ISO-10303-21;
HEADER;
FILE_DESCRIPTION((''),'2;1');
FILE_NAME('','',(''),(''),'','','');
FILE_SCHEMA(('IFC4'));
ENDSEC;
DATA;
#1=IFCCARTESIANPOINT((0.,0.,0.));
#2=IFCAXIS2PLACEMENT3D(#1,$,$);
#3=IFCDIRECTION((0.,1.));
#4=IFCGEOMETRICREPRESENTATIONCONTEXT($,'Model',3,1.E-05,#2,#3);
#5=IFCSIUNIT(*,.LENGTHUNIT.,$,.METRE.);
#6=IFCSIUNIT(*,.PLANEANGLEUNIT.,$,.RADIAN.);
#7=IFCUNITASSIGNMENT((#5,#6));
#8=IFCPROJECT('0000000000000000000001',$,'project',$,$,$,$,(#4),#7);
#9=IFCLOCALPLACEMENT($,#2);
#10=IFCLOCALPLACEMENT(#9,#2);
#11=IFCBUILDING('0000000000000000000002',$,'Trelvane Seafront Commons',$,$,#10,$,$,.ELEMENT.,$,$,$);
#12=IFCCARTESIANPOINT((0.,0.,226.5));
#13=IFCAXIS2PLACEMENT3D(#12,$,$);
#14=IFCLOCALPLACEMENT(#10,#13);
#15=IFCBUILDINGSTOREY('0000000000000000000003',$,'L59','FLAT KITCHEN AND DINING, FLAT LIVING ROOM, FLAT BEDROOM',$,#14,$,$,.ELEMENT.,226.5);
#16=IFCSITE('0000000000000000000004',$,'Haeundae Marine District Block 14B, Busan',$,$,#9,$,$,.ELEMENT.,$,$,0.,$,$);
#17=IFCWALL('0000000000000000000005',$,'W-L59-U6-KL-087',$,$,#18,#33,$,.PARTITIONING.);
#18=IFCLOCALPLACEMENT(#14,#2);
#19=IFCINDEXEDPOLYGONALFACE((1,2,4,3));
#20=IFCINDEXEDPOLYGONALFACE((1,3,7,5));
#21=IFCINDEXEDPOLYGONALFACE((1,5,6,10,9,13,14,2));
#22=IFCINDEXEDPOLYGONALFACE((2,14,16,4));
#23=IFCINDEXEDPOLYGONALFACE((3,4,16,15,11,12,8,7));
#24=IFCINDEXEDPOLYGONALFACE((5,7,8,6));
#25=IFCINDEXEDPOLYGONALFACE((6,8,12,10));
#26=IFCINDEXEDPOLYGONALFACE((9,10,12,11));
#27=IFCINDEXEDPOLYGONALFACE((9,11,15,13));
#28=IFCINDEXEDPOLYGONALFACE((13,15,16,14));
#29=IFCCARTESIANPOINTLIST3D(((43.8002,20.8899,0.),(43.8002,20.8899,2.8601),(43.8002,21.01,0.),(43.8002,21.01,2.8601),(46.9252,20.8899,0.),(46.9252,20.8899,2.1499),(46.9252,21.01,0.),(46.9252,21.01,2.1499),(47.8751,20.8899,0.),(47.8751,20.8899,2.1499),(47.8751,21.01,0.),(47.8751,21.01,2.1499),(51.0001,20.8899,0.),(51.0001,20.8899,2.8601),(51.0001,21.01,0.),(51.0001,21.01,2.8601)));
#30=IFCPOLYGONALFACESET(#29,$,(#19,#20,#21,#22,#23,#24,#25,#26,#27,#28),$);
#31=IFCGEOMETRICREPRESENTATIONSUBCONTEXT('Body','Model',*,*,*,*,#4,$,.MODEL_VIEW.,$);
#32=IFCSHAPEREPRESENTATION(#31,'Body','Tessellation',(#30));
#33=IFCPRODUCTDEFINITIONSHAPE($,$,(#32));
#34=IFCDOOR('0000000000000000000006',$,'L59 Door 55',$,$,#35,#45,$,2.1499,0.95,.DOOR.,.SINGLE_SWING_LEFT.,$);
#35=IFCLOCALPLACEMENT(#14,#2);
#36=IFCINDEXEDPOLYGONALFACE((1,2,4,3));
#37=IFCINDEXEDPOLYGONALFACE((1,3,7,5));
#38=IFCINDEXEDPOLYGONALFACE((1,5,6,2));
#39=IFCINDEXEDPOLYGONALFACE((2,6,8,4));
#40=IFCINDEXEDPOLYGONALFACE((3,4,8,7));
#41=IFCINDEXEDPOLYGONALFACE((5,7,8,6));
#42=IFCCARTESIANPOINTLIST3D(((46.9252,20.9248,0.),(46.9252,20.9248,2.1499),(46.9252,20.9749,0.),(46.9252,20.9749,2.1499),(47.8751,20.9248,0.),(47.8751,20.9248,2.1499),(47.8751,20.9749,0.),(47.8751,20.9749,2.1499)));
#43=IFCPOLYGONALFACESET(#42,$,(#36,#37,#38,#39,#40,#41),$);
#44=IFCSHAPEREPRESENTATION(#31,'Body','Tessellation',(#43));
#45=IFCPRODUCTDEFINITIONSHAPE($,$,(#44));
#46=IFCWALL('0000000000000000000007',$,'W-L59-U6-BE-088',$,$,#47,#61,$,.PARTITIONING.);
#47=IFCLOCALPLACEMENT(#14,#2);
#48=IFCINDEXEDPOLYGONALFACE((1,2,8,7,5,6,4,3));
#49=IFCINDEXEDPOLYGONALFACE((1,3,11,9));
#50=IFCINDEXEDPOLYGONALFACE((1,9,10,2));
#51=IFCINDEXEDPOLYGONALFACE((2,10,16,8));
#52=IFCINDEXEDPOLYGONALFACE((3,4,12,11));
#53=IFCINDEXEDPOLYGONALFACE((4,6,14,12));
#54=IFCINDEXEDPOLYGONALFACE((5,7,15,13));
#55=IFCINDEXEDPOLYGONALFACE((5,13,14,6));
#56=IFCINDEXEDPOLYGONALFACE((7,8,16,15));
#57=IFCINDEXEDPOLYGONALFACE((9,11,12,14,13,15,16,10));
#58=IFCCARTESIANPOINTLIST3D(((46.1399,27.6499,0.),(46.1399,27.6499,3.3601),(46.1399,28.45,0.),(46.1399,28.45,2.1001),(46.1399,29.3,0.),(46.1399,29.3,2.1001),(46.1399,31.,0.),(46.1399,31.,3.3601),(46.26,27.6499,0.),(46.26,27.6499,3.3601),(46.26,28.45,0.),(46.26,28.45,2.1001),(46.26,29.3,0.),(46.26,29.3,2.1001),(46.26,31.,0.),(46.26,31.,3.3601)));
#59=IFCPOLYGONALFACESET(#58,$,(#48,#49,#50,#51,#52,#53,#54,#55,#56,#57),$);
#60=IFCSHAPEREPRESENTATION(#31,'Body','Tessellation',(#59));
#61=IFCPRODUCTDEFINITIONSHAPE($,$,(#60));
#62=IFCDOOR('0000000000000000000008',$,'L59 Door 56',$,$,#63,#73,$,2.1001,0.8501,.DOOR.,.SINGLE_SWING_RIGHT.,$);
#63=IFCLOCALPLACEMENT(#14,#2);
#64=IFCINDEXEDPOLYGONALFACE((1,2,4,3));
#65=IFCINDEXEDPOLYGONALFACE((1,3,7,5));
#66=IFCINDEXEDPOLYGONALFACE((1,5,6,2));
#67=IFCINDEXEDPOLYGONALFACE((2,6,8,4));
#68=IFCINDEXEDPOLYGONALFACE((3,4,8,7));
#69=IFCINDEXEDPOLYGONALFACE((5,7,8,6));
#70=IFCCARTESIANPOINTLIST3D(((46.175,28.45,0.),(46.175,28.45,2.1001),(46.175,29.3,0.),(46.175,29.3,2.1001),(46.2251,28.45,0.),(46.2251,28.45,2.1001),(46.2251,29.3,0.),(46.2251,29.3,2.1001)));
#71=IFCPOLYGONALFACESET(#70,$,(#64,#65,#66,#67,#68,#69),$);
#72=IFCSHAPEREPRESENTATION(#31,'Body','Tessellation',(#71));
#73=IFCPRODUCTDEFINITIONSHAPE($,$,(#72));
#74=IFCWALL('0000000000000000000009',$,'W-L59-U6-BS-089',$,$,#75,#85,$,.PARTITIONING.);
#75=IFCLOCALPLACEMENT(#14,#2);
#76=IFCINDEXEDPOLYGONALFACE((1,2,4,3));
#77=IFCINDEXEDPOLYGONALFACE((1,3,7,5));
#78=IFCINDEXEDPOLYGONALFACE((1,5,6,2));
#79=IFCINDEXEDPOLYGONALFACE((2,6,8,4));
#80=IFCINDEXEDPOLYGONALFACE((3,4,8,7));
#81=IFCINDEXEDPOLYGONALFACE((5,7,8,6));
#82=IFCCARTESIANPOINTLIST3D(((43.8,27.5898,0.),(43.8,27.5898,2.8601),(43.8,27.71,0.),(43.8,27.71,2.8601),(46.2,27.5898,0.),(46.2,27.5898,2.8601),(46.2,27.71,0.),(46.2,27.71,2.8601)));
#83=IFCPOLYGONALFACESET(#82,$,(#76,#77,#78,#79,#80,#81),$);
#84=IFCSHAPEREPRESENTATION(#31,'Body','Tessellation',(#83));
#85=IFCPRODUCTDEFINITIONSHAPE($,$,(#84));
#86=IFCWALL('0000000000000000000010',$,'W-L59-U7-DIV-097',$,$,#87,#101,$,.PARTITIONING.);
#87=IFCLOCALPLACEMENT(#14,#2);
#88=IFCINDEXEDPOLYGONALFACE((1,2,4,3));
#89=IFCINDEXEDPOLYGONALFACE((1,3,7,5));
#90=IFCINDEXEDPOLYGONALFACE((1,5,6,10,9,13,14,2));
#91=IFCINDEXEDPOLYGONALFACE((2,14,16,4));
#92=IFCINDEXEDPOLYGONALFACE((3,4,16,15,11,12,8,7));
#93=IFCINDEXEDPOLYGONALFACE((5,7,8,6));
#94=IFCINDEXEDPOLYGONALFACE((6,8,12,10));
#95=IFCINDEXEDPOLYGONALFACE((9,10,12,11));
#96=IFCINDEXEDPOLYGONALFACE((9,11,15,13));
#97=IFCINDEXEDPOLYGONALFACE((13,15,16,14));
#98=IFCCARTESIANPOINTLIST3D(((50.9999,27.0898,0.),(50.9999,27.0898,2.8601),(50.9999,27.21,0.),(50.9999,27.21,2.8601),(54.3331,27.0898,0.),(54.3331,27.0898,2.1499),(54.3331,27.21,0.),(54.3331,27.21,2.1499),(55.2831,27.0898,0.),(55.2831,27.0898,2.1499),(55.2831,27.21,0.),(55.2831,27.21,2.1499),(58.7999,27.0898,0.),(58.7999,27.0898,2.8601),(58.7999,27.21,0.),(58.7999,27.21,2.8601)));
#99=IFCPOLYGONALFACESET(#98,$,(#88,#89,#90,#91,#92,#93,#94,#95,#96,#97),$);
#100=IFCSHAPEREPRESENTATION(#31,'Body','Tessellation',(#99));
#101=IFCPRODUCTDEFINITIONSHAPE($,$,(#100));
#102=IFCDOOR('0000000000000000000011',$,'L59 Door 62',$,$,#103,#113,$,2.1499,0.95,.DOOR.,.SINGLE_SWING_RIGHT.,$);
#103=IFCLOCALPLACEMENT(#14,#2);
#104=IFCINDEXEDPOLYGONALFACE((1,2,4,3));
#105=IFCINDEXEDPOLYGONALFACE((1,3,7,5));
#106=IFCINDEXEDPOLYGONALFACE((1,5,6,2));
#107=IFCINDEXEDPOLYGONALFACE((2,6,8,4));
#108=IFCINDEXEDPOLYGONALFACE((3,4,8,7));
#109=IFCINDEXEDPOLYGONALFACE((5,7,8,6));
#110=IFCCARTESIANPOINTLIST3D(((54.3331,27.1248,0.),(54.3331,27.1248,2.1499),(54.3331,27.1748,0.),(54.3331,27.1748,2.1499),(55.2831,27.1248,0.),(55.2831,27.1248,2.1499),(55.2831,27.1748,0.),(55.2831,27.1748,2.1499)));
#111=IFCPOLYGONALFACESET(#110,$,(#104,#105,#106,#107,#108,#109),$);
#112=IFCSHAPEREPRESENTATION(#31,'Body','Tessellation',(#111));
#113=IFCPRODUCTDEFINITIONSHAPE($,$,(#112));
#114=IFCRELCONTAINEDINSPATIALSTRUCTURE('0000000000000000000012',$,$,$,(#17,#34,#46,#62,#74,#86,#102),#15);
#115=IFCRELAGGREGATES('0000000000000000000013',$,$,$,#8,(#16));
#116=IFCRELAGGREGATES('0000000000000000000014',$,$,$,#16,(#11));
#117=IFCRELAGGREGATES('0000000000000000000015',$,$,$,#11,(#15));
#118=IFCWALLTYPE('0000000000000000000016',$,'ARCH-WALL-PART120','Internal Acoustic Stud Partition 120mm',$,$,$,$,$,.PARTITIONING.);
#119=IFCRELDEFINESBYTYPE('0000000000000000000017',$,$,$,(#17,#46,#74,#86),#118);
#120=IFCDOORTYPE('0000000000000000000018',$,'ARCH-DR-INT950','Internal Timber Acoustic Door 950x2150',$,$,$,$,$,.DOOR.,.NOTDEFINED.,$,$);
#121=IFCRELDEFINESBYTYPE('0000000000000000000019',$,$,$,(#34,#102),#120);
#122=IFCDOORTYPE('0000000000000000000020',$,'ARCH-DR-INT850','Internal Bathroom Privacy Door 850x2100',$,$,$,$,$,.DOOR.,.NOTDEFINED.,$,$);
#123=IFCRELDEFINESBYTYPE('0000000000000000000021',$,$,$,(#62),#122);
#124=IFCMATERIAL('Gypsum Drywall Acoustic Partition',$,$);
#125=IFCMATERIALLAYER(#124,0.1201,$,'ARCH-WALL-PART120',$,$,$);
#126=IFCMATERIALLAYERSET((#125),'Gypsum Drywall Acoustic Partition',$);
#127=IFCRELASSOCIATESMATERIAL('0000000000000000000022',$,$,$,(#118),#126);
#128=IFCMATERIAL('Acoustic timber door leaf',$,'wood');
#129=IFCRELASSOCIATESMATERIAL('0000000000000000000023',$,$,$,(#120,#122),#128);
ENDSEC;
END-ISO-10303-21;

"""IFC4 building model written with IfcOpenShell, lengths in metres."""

from ifc_helpers import new_model, si_unit, direction, frame, frame_2d, origin, place, context, subcontext, project, spatial, rectangle, extrude, source, transform, mapped, material, layer, layer_set, type_object, element, fill, save


model = new_model("IFC4")

# Units and contexts
model_context = context("Model", 3, precision=1e-05, world=origin(), true_north=direction((0.0, 1.0)))
body_context = subcontext(model_context, "Body", "Model", "MODEL_VIEW")
ifc_project = project(units=[si_unit("LENGTHUNIT", "METRE"), si_unit("PLANEANGLEUNIT", "RADIAN")], contexts=[model_context])

# Site, building, storey
site_placement = place(None, origin())
site = spatial("IfcSite", under=ifc_project, at=site_placement, Name="Haeundae Marine District Block 14B, Busan", CompositionType="ELEMENT", RefElevation=0.0)
building_placement = place(site_placement, origin())
building = spatial("IfcBuilding", under=site, at=building_placement, Name="Trelvane Seafront Commons", CompositionType="ELEMENT")
storey_placement = place(building_placement, frame((0.0, 0.0, 226.5)))
storey = spatial("IfcBuildingStorey", under=building, at=storey_placement, Name="L59", Description="FLAT KITCHEN AND DINING, FLAT LIVING ROOM, FLAT BEDROOM", CompositionType="ELEMENT", Elevation=226.5)

# Shared definitions
ifc_material_1 = material(Name="Gypsum Drywall Acoustic Partition")
ifc_layer = layer(ifc_material_1, 0.1201, Name="ARCH-WALL-PART120")
ifc_layer_set = layer_set([ifc_layer], Name="Gypsum Drywall Acoustic Partition")
wall_type = type_object("IfcWallType", Name="ARCH-WALL-PART120", Description="Internal Acoustic Stud Partition 120mm", PredefinedType="PARTITIONING", material=ifc_layer_set)
ifc_material_2 = material(Name="Acoustic timber door leaf", Category="wood")
door_type_1 = type_object("IfcDoorType", Name="ARCH-DR-INT950", Description="Internal Timber Acoustic Door 950x2150", OperationType="NOTDEFINED", PredefinedType="DOOR", material=ifc_material_2)
shared_shape_1 = source(origin(), body_context, "Body", "SweptSolid", [
    extrude(rectangle(XDim=0.95, YDim=2.1499, at=frame_2d((0.4751, 1.075))), frame((0.0, 0.0249, 0.0), z_axis=(0.0, -1.0, 0.0), x_axis=(1.0, 0.0, 0.0)), (0.0, 0.0, 1.0), 0.05),
])
door_type_2 = type_object("IfcDoorType", Name="ARCH-DR-INT850", Description="Internal Bathroom Privacy Door 850x2100", OperationType="NOTDEFINED", PredefinedType="DOOR", material=ifc_material_2)
shared_shape_2 = source(origin(), body_context, "Body", "SweptSolid", [
    extrude(rectangle(XDim=0.8501, YDim=2.1001, at=frame_2d((0.425, 1.05))), frame((0.0, 0.0249, 0.0), z_axis=(0.0, -1.0, 0.0), x_axis=(1.0, 0.0, 0.0)), (0.0, 0.0, 1.0), 0.05),
])

# Walls, openings, doors
wall_1_placement = place(storey_placement, frame((43.8, 20.95, 0.0), z_axis=(0.0, 0.0, 1.0), x_axis=(1.0, 0.0, 0.0)))
wall_1 = element("IfcWall", 1, at=wall_1_placement, inside=storey, type_object=wall_type, Name="W-L59-U6-KL-087", PredefinedType="PARTITIONING", context=body_context, shape_type="SweptSolid", body=[
    extrude(rectangle(XDim=7.2, YDim=0.1201, at=frame_2d((3.6001, 0.0))), origin(), (0.0, 0.0, 1.0), 2.8601),
])
opening_1_placement = place(wall_1_placement, frame((3.125, 0.0, 0.0)))
opening_1 = element("IfcOpeningElement", 2, at=opening_1_placement, cuts=wall_1, PredefinedType="OPENING", context=body_context, shape_type="SweptSolid", body=[
    extrude(rectangle(XDim=0.95, YDim=2.1499, at=frame_2d((0.4751, 1.075))), frame((0.0, 0.0701, 0.0), z_axis=(0.0, -1.0, 0.0), x_axis=(1.0, 0.0, 0.0)), (0.0, 0.0, 1.0), 0.1401),
])
door_1_placement = place(opening_1_placement, origin())
door_1 = element("IfcDoor", 3, at=door_1_placement, inside=storey, type_object=door_type_1, Name="L59 Door 55", OperationType="SINGLE_SWING_LEFT", OverallHeight=2.1499, OverallWidth=0.95, PredefinedType="DOOR", context=body_context, shape_type="MappedRepresentation", body=[
    mapped(shared_shape_1, transform((0.0, 0.0, 0.0), x_axis=(1.0, 0.0, 0.0), y_axis=(0.0, 1.0, 0.0), z_axis=(0.0, 0.0, 1.0), scale=1.0)),
])
fill(opening_1, door_1)
wall_2_placement = place(storey_placement, frame((46.2, 27.6499, 0.0), z_axis=(0.0, 0.0, 1.0), x_axis=(0.0, 1.0, 0.0)))
wall_2 = element("IfcWall", 4, at=wall_2_placement, inside=storey, type_object=wall_type, Name="W-L59-U6-BE-088", PredefinedType="PARTITIONING", context=body_context, shape_type="SweptSolid", body=[
    extrude(rectangle(XDim=3.3501, YDim=0.1201, at=frame_2d((1.675, 0.0))), origin(), (0.0, 0.0, 1.0), 3.3601),
])
opening_2_placement = place(wall_2_placement, frame((0.8, 0.0, 0.0)))
opening_2 = element("IfcOpeningElement", 5, at=opening_2_placement, cuts=wall_2, PredefinedType="OPENING", context=body_context, shape_type="SweptSolid", body=[
    extrude(rectangle(XDim=0.8501, YDim=2.1001, at=frame_2d((0.425, 1.05))), frame((0.0, 0.0701, 0.0), z_axis=(0.0, -1.0, 0.0), x_axis=(1.0, 0.0, 0.0)), (0.0, 0.0, 1.0), 0.1401),
])
door_2_placement = place(opening_2_placement, origin())
door_2 = element("IfcDoor", 6, at=door_2_placement, inside=storey, type_object=door_type_2, Name="L59 Door 56", OperationType="SINGLE_SWING_RIGHT", OverallHeight=2.1001, OverallWidth=0.8501, PredefinedType="DOOR", context=body_context, shape_type="MappedRepresentation", body=[
    mapped(shared_shape_2, transform((0.0, 0.0, 0.0), x_axis=(1.0, 0.0, 0.0), y_axis=(0.0, 1.0, 0.0), z_axis=(0.0, 0.0, 1.0), scale=1.0)),
])
fill(opening_2, door_2)

# Wall
wall_3_placement = place(storey_placement, frame((43.8, 27.6499, 0.0), z_axis=(0.0, 0.0, 1.0), x_axis=(1.0, 0.0, 0.0)))
element("IfcWall", 7, at=wall_3_placement, inside=storey, type_object=wall_type, Name="W-L59-U6-BS-089", PredefinedType="PARTITIONING", context=body_context, shape_type="SweptSolid", body=[
    extrude(rectangle(XDim=2.3999, YDim=0.1201, at=frame_2d((1.2, 0.0))), origin(), (0.0, 0.0, 1.0), 2.8601),
])

# Wall, opening, door
wall_4_placement = place(storey_placement, frame((51.0, 27.1499, 0.0), z_axis=(0.0, 0.0, 1.0), x_axis=(1.0, 0.0, 0.0)))
wall_4 = element("IfcWall", 8, at=wall_4_placement, inside=storey, type_object=wall_type, Name="W-L59-U7-DIV-097", PredefinedType="PARTITIONING", context=body_context, shape_type="SweptSolid", body=[
    extrude(rectangle(XDim=7.8, YDim=0.1201, at=frame_2d((3.8999, 0.0))), origin(), (0.0, 0.0, 1.0), 2.8601),
])
opening_3_placement = place(wall_4_placement, frame((3.333, 0.0, 0.0)))
opening_3 = element("IfcOpeningElement", 9, at=opening_3_placement, cuts=wall_4, PredefinedType="OPENING", context=body_context, shape_type="SweptSolid", body=[
    extrude(rectangle(XDim=0.95, YDim=2.1499, at=frame_2d((0.4751, 1.075))), frame((0.0, 0.0701, 0.0), z_axis=(0.0, -1.0, 0.0), x_axis=(1.0, 0.0, 0.0)), (0.0, 0.0, 1.0), 0.1401),
])
door_3_placement = place(opening_3_placement, origin())
door_3 = element("IfcDoor", 10, at=door_3_placement, inside=storey, type_object=door_type_1, Name="L59 Door 62", OperationType="SINGLE_SWING_RIGHT", OverallHeight=2.1499, OverallWidth=0.95, PredefinedType="DOOR", context=body_context, shape_type="MappedRepresentation", body=[
    mapped(shared_shape_1, transform((0.0, 0.0, 0.0), x_axis=(1.0, 0.0, 0.0), y_axis=(0.0, 1.0, 0.0), z_axis=(0.0, 0.0, 1.0), scale=1.0)),
])
fill(opening_3, door_3)

save(model, "model.ifc")
